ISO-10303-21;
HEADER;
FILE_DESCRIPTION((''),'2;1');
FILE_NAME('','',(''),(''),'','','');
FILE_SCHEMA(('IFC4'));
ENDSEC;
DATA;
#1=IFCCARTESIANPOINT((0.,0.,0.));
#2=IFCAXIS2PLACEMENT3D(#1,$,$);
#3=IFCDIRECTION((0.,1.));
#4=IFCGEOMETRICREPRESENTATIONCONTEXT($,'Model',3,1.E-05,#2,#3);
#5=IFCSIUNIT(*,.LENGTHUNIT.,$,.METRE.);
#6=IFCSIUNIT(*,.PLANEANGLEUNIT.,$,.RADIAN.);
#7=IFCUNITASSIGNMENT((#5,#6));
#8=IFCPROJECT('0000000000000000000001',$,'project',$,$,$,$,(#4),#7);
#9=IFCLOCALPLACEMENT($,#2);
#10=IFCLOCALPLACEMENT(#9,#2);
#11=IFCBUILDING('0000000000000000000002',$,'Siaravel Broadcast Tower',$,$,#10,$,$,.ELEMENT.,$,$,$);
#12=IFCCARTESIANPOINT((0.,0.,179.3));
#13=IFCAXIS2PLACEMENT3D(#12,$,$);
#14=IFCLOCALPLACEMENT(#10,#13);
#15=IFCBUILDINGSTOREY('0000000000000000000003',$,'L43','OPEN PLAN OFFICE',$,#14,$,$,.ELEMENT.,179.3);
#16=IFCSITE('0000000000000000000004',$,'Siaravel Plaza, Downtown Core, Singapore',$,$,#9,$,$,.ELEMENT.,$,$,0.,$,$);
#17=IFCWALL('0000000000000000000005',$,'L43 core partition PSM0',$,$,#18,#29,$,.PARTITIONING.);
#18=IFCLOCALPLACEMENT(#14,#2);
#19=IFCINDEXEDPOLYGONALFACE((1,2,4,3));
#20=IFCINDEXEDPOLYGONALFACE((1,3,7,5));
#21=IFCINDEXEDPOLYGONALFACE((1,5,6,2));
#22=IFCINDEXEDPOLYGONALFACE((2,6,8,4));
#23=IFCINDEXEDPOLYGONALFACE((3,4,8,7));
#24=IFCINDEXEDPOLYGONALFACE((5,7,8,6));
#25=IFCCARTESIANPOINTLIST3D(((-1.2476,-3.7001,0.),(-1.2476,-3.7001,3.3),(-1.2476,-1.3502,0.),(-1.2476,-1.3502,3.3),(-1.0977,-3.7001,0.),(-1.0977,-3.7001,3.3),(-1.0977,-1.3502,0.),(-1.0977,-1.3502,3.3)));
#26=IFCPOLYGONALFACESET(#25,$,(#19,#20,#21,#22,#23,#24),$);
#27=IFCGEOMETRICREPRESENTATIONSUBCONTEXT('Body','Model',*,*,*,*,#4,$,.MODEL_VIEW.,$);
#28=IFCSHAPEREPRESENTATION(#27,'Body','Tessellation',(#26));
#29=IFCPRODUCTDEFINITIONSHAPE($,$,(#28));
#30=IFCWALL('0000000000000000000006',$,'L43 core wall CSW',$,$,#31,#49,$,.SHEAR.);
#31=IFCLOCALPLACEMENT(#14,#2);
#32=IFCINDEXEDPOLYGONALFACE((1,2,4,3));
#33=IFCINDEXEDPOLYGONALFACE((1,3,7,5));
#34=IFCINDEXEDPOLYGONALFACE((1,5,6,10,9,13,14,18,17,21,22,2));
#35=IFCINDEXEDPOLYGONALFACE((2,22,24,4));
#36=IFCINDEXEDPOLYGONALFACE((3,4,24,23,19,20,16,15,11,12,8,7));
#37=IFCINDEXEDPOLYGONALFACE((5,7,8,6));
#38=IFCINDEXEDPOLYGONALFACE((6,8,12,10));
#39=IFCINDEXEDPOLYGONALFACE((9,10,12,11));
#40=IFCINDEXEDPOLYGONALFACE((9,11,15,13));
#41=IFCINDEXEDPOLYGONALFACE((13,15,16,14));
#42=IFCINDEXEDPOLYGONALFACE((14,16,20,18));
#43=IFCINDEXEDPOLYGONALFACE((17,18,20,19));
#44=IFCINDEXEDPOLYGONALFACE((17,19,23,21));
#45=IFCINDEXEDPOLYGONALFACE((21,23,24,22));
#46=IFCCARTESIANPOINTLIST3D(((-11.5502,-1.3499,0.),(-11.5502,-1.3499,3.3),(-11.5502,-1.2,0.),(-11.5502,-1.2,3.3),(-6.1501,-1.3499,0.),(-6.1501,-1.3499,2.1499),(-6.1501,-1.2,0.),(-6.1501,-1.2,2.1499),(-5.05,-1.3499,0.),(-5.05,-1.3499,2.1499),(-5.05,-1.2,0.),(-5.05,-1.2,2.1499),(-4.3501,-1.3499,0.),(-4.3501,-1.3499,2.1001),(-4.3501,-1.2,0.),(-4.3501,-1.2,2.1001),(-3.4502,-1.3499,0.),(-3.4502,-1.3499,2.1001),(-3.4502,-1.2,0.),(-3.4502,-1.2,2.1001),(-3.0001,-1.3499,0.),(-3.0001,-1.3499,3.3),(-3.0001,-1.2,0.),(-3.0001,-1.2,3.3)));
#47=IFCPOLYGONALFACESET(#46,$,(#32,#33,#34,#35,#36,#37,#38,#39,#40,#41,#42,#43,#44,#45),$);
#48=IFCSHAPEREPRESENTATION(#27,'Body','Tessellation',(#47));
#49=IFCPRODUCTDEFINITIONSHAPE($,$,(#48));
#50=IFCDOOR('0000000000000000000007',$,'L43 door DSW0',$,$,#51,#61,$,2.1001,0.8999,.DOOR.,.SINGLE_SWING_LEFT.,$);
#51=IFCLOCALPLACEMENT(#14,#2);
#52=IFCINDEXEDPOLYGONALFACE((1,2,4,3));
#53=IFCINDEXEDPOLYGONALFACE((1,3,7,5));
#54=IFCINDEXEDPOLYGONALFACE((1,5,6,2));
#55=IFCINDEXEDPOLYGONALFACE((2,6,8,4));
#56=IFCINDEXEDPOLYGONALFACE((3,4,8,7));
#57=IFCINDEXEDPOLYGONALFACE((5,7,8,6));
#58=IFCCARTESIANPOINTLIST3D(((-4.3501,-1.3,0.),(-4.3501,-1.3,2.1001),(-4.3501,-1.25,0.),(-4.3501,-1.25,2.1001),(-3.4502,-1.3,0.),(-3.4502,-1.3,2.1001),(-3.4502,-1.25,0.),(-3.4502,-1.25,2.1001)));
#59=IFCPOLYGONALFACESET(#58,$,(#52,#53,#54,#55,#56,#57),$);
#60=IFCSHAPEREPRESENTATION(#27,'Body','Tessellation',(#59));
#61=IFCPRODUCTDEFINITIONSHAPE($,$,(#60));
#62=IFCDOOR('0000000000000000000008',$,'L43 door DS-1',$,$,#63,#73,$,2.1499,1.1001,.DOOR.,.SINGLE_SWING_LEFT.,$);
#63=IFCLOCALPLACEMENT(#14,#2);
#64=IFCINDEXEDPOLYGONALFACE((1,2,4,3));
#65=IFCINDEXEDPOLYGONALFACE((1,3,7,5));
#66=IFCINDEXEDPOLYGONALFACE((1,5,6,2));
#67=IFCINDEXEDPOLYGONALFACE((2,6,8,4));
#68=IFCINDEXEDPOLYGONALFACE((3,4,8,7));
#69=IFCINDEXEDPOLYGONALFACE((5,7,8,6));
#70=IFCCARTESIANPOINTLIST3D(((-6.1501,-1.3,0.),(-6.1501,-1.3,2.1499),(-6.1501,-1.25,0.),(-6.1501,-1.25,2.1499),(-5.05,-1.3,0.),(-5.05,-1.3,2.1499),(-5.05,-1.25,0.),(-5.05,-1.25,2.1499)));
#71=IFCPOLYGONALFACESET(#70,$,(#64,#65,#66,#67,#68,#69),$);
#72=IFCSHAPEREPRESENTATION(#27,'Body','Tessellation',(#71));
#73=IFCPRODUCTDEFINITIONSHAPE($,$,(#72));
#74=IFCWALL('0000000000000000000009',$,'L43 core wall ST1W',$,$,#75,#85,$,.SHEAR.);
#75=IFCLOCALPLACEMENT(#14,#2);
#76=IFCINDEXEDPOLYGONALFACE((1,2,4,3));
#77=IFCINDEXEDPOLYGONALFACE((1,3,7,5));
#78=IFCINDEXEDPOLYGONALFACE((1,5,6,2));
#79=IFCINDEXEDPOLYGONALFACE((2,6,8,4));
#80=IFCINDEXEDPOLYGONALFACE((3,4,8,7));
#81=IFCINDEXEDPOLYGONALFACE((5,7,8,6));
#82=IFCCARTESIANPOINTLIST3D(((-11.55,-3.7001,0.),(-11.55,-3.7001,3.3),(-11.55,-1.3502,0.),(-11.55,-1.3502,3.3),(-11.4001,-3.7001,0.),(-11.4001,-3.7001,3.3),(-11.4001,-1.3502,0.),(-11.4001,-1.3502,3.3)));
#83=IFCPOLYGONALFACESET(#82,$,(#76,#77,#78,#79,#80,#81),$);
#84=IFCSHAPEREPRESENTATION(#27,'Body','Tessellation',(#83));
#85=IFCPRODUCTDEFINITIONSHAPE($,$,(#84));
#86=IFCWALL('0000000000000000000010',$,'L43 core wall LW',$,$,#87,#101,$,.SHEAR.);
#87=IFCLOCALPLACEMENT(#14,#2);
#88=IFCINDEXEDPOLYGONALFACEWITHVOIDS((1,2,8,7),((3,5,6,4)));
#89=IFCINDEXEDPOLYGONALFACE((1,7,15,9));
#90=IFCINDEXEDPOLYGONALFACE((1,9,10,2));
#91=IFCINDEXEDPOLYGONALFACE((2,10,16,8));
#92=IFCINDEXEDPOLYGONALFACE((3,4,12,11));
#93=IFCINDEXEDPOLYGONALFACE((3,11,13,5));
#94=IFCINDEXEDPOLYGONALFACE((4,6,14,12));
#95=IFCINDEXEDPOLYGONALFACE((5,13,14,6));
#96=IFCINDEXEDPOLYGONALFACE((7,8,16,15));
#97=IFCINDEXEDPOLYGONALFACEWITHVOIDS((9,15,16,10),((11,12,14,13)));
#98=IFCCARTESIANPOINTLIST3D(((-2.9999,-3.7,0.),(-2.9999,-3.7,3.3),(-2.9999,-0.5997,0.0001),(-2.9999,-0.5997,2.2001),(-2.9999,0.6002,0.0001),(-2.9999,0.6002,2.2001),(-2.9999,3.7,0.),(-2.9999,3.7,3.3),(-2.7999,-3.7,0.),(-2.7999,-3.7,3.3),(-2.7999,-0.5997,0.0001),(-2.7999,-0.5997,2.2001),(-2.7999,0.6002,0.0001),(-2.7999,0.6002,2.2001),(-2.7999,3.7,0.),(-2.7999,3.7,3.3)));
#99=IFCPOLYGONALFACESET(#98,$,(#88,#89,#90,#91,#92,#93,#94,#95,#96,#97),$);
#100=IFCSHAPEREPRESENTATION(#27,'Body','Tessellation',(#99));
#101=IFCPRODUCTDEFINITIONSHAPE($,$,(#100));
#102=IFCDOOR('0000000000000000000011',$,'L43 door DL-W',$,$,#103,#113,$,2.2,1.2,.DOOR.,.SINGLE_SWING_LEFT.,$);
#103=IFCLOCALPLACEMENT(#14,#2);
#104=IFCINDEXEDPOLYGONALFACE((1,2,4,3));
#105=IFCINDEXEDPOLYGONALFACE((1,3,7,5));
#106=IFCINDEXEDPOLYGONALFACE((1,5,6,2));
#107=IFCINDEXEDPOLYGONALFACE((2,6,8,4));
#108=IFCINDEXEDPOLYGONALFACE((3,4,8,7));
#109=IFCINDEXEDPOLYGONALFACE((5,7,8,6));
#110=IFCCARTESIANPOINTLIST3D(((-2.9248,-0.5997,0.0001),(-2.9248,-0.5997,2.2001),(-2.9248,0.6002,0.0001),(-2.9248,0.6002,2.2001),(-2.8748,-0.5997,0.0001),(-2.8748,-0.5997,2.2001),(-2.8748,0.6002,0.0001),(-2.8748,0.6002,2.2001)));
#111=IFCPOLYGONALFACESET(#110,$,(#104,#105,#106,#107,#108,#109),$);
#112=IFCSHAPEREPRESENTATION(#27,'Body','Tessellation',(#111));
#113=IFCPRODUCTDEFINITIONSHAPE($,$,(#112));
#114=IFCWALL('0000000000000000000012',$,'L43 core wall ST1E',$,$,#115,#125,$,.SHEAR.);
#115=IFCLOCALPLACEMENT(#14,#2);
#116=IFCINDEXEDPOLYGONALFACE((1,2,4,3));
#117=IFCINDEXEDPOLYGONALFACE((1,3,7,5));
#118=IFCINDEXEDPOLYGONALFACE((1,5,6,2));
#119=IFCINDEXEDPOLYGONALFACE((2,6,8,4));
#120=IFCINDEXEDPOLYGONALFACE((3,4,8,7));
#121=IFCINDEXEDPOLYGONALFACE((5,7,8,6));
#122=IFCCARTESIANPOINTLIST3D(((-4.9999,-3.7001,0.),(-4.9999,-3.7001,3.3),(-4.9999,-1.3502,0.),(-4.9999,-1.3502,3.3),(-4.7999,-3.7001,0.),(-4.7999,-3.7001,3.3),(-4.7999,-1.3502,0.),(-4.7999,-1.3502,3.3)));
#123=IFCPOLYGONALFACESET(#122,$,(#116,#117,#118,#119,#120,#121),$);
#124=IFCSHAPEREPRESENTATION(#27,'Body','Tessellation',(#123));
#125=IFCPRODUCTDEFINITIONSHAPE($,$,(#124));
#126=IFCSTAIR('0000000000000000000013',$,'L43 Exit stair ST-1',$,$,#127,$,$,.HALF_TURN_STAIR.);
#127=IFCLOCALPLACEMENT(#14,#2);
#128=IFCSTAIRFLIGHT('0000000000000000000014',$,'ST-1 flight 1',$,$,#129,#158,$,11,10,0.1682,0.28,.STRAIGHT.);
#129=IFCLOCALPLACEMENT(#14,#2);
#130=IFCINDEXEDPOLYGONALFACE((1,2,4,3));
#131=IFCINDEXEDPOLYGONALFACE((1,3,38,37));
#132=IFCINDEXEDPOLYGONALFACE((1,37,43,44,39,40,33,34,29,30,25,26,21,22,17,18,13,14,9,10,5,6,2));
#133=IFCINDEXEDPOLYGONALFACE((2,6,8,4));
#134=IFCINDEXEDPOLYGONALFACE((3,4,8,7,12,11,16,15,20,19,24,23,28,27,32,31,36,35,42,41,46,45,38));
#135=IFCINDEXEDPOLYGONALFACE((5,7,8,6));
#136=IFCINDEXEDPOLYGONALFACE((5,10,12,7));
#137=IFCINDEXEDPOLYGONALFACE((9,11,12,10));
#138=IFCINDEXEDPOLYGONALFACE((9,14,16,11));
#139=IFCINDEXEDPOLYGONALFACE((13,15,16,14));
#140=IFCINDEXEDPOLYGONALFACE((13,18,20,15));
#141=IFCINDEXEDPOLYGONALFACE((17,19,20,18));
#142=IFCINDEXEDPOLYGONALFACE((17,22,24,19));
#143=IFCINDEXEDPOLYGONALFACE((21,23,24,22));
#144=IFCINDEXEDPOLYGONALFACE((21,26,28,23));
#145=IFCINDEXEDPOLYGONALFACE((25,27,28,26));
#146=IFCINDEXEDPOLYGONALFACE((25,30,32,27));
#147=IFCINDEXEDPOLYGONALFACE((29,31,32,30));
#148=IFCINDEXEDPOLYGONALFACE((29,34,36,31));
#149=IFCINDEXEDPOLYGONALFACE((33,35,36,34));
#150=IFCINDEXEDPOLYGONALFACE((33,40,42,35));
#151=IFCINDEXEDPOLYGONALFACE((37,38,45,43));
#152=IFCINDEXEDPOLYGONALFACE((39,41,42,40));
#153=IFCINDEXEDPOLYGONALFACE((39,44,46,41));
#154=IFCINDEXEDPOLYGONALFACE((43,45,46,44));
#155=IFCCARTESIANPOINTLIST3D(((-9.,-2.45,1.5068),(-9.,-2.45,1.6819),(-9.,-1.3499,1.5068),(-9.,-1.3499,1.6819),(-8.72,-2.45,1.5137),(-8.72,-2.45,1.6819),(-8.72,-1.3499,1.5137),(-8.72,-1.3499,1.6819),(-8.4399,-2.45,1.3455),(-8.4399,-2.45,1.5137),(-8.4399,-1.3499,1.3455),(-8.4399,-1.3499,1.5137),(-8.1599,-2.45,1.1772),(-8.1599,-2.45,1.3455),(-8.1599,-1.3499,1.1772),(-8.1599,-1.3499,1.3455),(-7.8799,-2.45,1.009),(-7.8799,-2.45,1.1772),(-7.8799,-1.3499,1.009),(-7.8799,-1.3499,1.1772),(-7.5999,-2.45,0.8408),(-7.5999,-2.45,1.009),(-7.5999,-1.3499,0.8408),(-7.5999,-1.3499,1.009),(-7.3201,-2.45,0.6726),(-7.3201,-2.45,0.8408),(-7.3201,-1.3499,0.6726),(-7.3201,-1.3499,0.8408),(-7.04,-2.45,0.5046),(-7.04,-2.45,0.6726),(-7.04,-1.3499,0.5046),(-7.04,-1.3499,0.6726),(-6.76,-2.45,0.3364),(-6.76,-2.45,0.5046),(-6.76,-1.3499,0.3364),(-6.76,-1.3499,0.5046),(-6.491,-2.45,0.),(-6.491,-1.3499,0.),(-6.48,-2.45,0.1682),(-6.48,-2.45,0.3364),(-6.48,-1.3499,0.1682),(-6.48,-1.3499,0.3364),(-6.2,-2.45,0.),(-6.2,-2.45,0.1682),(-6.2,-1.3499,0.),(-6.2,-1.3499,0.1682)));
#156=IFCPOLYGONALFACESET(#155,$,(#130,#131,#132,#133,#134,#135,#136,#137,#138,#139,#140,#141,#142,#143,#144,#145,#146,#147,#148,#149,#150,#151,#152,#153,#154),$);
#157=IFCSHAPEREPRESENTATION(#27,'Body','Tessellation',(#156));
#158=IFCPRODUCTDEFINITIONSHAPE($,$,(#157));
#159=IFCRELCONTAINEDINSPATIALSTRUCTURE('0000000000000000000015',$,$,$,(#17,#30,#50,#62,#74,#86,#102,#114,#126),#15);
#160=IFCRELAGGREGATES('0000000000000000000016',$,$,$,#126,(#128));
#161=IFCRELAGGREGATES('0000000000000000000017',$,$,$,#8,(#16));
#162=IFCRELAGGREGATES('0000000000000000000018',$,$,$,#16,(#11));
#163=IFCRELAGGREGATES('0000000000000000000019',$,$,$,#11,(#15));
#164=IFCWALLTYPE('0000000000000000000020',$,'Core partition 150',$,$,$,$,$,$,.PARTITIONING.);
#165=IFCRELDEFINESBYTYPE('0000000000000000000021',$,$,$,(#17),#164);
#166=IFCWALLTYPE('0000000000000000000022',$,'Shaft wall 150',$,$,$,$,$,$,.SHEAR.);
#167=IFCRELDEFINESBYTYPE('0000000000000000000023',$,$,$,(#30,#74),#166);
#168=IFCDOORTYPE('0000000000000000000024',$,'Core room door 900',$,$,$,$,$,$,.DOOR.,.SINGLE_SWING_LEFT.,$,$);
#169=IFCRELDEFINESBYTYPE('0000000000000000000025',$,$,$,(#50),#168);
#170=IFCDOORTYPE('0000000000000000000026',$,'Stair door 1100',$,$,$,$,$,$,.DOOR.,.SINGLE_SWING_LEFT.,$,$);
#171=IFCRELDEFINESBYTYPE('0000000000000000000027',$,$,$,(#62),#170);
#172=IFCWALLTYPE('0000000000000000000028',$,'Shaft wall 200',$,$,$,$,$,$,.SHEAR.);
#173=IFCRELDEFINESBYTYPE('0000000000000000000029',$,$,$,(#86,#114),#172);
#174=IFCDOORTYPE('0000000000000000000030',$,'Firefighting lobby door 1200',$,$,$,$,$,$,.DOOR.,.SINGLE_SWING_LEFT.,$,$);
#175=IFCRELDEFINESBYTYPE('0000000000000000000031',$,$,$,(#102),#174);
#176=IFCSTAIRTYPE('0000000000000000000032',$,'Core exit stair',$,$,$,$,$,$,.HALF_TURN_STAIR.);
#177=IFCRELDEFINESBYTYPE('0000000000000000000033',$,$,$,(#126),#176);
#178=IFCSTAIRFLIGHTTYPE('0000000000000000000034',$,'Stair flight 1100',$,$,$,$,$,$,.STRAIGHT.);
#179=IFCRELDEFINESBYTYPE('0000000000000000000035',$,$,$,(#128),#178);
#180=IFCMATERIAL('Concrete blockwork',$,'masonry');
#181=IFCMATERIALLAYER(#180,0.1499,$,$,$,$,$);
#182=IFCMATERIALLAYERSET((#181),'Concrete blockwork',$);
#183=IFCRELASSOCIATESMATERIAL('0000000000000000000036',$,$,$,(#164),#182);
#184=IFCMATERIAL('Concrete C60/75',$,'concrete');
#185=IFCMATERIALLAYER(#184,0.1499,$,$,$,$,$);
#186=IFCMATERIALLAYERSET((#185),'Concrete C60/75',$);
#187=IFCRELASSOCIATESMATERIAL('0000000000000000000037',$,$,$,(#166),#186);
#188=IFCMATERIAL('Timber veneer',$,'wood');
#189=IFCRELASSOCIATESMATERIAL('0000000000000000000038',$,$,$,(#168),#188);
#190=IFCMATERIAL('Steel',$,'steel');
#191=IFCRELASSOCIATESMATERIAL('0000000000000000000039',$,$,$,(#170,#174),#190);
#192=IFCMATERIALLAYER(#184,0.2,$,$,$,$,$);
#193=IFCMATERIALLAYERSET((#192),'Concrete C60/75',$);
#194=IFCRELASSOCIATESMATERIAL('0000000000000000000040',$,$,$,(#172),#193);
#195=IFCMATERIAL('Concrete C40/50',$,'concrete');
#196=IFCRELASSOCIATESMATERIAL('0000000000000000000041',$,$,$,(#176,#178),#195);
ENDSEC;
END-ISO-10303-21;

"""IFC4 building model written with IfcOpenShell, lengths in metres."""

from ifc_helpers import new_model, si_unit, direction, frame, frame_2d, origin, place, context, subcontext, project, spatial, polyline, rectangle, outline, extrude, material, layer, layer_set, type_object, element, fill, aggregate, save


model = new_model("IFC4")

# Units and contexts
model_context = context("Model", 3, precision=1e-05, world=origin(), true_north=direction((0.0, 1.0)))
body_context = subcontext(model_context, "Body", "Model", "MODEL_VIEW")
ifc_project = project(units=[si_unit("LENGTHUNIT", "METRE"), si_unit("PLANEANGLEUNIT", "RADIAN")], contexts=[model_context])

# Site, building, storey
site_placement = place(None, origin())
site = spatial("IfcSite", under=ifc_project, at=site_placement, Name="Siaravel Plaza, Downtown Core, Singapore", CompositionType="ELEMENT", RefElevation=0.0)
building_placement = place(site_placement, origin())
building = spatial("IfcBuilding", under=site, at=building_placement, Name="Siaravel Broadcast Tower", CompositionType="ELEMENT")
storey_placement = place(building_placement, frame((0.0, 0.0, 179.3)))
storey = spatial("IfcBuildingStorey", under=building, at=storey_placement, Name="L43", Description="OPEN PLAN OFFICE", CompositionType="ELEMENT", Elevation=179.3)

# Wall
ifc_material_1 = material(Name="Concrete blockwork", Category="masonry")
ifc_layer_1 = layer(ifc_material_1, 0.1499)
ifc_layer_set_1 = layer_set([ifc_layer_1], Name="Concrete blockwork")
wall_type_1 = type_object("IfcWallType", Name="Core partition 150", PredefinedType="PARTITIONING", material=ifc_layer_set_1)
wall_1_placement = place(storey_placement, frame((-1.1726, -3.7, 0.0), z_axis=(0.0, 0.0, 1.0), x_axis=(0.0, 1.0, 0.0)))
element("IfcWall", 1, at=wall_1_placement, inside=storey, type_object=wall_type_1, Name="L43 core partition PSM0", PredefinedType="PARTITIONING", context=body_context, shape_type="SweptSolid", body=[
    extrude(rectangle(XDim=2.3499, YDim=0.1499, at=frame_2d((1.1748, 0.0))), origin(), (0.0, 0.0, 1.0), 3.3),
])

# Wall, openings, doors
ifc_material_2 = material(Name="Concrete C60/75", Category="concrete")
ifc_layer_2 = layer(ifc_material_2, 0.1499)
ifc_layer_set_2 = layer_set([ifc_layer_2], Name="Concrete C60/75")
wall_type_2 = type_object("IfcWallType", Name="Shaft wall 150", PredefinedType="SHEAR", material=ifc_layer_set_2)
wall_2_placement = place(storey_placement, frame((-11.55, -1.2749, 0.0), z_axis=(0.0, 0.0, 1.0), x_axis=(1.0, 0.0, 0.0)))
wall_2 = element("IfcWall", 2, at=wall_2_placement, inside=storey, type_object=wall_type_2, Name="L43 core wall CSW", PredefinedType="SHEAR", context=body_context, shape_type="SweptSolid", body=[
    extrude(rectangle(XDim=8.55, YDim=0.1499, at=frame_2d((4.2749, 0.0))), origin(), (0.0, 0.0, 1.0), 3.3),
])
opening_1_placement = place(wall_2_placement, frame((5.3999, 0.0, 0.0)))
opening_1 = element("IfcOpeningElement", 3, at=opening_1_placement, cuts=wall_2, PredefinedType="OPENING", context=body_context, shape_type="SweptSolid", body=[
    extrude(rectangle(XDim=1.1001, YDim=2.1499, at=frame_2d((0.55, 1.075))), frame((0.0, 0.085, 0.0), z_axis=(0.0, -1.0, 0.0), x_axis=(1.0, 0.0, 0.0)), (0.0, 0.0, 1.0), 0.1699),
])
opening_2_placement = place(wall_2_placement, frame((7.2, 0.0, 0.0)))
opening_2 = element("IfcOpeningElement", 4, at=opening_2_placement, cuts=wall_2, PredefinedType="OPENING", context=body_context, shape_type="SweptSolid", body=[
    extrude(rectangle(XDim=0.8999, YDim=2.1001, at=frame_2d((0.45, 1.05))), frame((0.0, 0.085, 0.0), z_axis=(0.0, -1.0, 0.0), x_axis=(1.0, 0.0, 0.0)), (0.0, 0.0, 1.0), 0.1699),
])
ifc_material_3 = material(Name="Timber veneer", Category="wood")
door_type_1 = type_object("IfcDoorType", Name="Core room door 900", OperationType="SINGLE_SWING_LEFT", PredefinedType="DOOR", material=ifc_material_3)
door_1_placement = place(opening_2_placement, origin())
door_1 = element("IfcDoor", 5, at=door_1_placement, inside=storey, type_object=door_type_1, Name="L43 door DSW0", OperationType="SINGLE_SWING_LEFT", OverallHeight=2.1001, OverallWidth=0.8999, PredefinedType="DOOR", context=body_context, shape_type="SweptSolid", body=[
    extrude(rectangle(XDim=0.8999, YDim=2.1001, at=frame_2d((0.45, 1.05))), frame((0.0, 0.0249, 0.0), z_axis=(0.0, -1.0, 0.0), x_axis=(1.0, 0.0, 0.0)), (0.0, 0.0, 1.0), 0.05),
])
fill(opening_2, door_1)
ifc_material_4 = material(Name="Steel", Category="steel")
door_type_2 = type_object("IfcDoorType", Name="Stair door 1100", OperationType="SINGLE_SWING_LEFT", PredefinedType="DOOR", material=ifc_material_4)
door_2_placement = place(opening_1_placement, origin())
door_2 = element("IfcDoor", 6, at=door_2_placement, inside=storey, type_object=door_type_2, Name="L43 door DS-1", OperationType="SINGLE_SWING_LEFT", OverallHeight=2.1499, OverallWidth=1.1001, PredefinedType="DOOR", context=body_context, shape_type="SweptSolid", body=[
    extrude(rectangle(XDim=1.1001, YDim=2.1499, at=frame_2d((0.55, 1.075))), frame((0.0, 0.0249, 0.0), z_axis=(0.0, -1.0, 0.0), x_axis=(1.0, 0.0, 0.0)), (0.0, 0.0, 1.0), 0.05),
])
fill(opening_1, door_2)

# Wall
wall_3_placement = place(storey_placement, frame((-11.4751, -3.7, 0.0), z_axis=(0.0, 0.0, 1.0), x_axis=(0.0, 1.0, 0.0)))
element("IfcWall", 7, at=wall_3_placement, inside=storey, type_object=wall_type_2, Name="L43 core wall ST1W", PredefinedType="SHEAR", context=body_context, shape_type="SweptSolid", body=[
    extrude(rectangle(XDim=2.3499, YDim=0.1499, at=frame_2d((1.1748, 0.0))), origin(), (0.0, 0.0, 1.0), 3.3),
])

# Wall, opening, door
ifc_layer_3 = layer(ifc_material_2, 0.2)
ifc_layer_set_3 = layer_set([ifc_layer_3], Name="Concrete C60/75")
wall_type_3 = type_object("IfcWallType", Name="Shaft wall 200", PredefinedType="SHEAR", material=ifc_layer_set_3)
wall_4_placement = place(storey_placement, frame((-2.8999, -3.7, 0.0), z_axis=(0.0, 0.0, 1.0), x_axis=(0.0, 1.0, 0.0)))
wall_4 = element("IfcWall", 8, at=wall_4_placement, inside=storey, type_object=wall_type_3, Name="L43 core wall LW", PredefinedType="SHEAR", context=body_context, shape_type="SweptSolid", body=[
    extrude(rectangle(XDim=7.3999, YDim=0.2, at=frame_2d((3.7, 0.0))), origin(), (0.0, 0.0, 1.0), 3.3),
])
opening_3_placement = place(wall_4_placement, frame((3.1001, 0.0, 0.0)))
opening_3 = element("IfcOpeningElement", 9, at=opening_3_placement, cuts=wall_4, PredefinedType="OPENING", context=body_context, shape_type="SweptSolid", body=[
    extrude(rectangle(XDim=1.2, YDim=2.2, at=frame_2d((0.6001, 1.1001))), frame((0.0, 0.1099, 0.0), z_axis=(0.0, -1.0, 0.0), x_axis=(1.0, 0.0, 0.0)), (0.0, 0.0, 1.0), 0.22),
])
door_type_3 = type_object("IfcDoorType", Name="Firefighting lobby door 1200", OperationType="SINGLE_SWING_LEFT", PredefinedType="DOOR", material=ifc_material_4)
door_3_placement = place(opening_3_placement, origin())
door_3 = element("IfcDoor", 10, at=door_3_placement, inside=storey, type_object=door_type_3, Name="L43 door DL-W", OperationType="SINGLE_SWING_LEFT", OverallHeight=2.2, OverallWidth=1.2, PredefinedType="DOOR", context=body_context, shape_type="SweptSolid", body=[
    extrude(rectangle(XDim=1.2, YDim=2.2, at=frame_2d((0.6001, 1.1001))), frame((0.0, 0.0249, 0.0), z_axis=(0.0, -1.0, 0.0), x_axis=(1.0, 0.0, 0.0)), (0.0, 0.0, 1.0), 0.05),
])
fill(opening_3, door_3)

# Wall
wall_5_placement = place(storey_placement, frame((-4.8999, -3.7, 0.0), z_axis=(0.0, 0.0, 1.0), x_axis=(0.0, 1.0, 0.0)))
element("IfcWall", 11, at=wall_5_placement, inside=storey, type_object=wall_type_3, Name="L43 core wall ST1E", PredefinedType="SHEAR", context=body_context, shape_type="SweptSolid", body=[
    extrude(rectangle(XDim=2.3499, YDim=0.2, at=frame_2d((1.1748, 0.0))), origin(), (0.0, 0.0, 1.0), 3.3),
])

# Stair, stair flight
ifc_material_5 = material(Name="Concrete C40/50", Category="concrete")
stair_type = type_object("IfcStairType", Name="Core exit stair", PredefinedType="HALF_TURN_STAIR", material=ifc_material_5)
stair_placement = place(storey_placement, origin())
stair = element("IfcStair", 12, at=stair_placement, inside=storey, type_object=stair_type, Name="L43 Exit stair ST-1", PredefinedType="HALF_TURN_STAIR")
stair_flight_type = type_object("IfcStairFlightType", Name="Stair flight 1100", PredefinedType="STRAIGHT", material=ifc_material_5)
stair_flight_1_placement = place(storey_placement, frame((-6.2, -1.8999, 0.0), z_axis=(0.0, 0.0, 1.0), x_axis=(-1.0, 0.0, 0.0)))
stair_flight_1 = element("IfcStairFlight", 13, at=stair_flight_1_placement, type_object=stair_flight_type, Name="ST-1 flight 1", NumberOfRisers=11, NumberOfTreads=10, PredefinedType="STRAIGHT", RiserHeight=0.1682, TreadLength=0.28, context=body_context, shape_type="SweptSolid", body=[
    extrude(outline(polyline([(0.0, 0.0), (0.0, 0.1682), (0.28, 0.1682), (0.28, 0.3364), (0.5601, 0.3364), (0.5601, 0.5046), (0.8401, 0.5046), (0.8401, 0.6726), (1.1201, 0.6726), (1.1201, 0.8408), (1.3999, 0.8408), (1.3999, 1.009), (1.6799, 1.009), (1.6799, 1.1772), (1.96, 1.1772), (1.96, 1.3455), (2.24, 1.3455), (2.24, 1.5137), (2.52, 1.5137), (2.52, 1.6819), (2.8, 1.6819), (2.8, 1.8501), (2.8, 1.5068), (0.291, 0.0), (0.0, 0.0)])), frame((0.0, 0.55, 0.0), z_axis=(0.0, -1.0, 0.0), x_axis=(1.0, 0.0, 0.0)), (0.0, 0.0, 1.0), 1.1001),
])
aggregate(stair, [stair_flight_1])

save(model, "model.ifc")
